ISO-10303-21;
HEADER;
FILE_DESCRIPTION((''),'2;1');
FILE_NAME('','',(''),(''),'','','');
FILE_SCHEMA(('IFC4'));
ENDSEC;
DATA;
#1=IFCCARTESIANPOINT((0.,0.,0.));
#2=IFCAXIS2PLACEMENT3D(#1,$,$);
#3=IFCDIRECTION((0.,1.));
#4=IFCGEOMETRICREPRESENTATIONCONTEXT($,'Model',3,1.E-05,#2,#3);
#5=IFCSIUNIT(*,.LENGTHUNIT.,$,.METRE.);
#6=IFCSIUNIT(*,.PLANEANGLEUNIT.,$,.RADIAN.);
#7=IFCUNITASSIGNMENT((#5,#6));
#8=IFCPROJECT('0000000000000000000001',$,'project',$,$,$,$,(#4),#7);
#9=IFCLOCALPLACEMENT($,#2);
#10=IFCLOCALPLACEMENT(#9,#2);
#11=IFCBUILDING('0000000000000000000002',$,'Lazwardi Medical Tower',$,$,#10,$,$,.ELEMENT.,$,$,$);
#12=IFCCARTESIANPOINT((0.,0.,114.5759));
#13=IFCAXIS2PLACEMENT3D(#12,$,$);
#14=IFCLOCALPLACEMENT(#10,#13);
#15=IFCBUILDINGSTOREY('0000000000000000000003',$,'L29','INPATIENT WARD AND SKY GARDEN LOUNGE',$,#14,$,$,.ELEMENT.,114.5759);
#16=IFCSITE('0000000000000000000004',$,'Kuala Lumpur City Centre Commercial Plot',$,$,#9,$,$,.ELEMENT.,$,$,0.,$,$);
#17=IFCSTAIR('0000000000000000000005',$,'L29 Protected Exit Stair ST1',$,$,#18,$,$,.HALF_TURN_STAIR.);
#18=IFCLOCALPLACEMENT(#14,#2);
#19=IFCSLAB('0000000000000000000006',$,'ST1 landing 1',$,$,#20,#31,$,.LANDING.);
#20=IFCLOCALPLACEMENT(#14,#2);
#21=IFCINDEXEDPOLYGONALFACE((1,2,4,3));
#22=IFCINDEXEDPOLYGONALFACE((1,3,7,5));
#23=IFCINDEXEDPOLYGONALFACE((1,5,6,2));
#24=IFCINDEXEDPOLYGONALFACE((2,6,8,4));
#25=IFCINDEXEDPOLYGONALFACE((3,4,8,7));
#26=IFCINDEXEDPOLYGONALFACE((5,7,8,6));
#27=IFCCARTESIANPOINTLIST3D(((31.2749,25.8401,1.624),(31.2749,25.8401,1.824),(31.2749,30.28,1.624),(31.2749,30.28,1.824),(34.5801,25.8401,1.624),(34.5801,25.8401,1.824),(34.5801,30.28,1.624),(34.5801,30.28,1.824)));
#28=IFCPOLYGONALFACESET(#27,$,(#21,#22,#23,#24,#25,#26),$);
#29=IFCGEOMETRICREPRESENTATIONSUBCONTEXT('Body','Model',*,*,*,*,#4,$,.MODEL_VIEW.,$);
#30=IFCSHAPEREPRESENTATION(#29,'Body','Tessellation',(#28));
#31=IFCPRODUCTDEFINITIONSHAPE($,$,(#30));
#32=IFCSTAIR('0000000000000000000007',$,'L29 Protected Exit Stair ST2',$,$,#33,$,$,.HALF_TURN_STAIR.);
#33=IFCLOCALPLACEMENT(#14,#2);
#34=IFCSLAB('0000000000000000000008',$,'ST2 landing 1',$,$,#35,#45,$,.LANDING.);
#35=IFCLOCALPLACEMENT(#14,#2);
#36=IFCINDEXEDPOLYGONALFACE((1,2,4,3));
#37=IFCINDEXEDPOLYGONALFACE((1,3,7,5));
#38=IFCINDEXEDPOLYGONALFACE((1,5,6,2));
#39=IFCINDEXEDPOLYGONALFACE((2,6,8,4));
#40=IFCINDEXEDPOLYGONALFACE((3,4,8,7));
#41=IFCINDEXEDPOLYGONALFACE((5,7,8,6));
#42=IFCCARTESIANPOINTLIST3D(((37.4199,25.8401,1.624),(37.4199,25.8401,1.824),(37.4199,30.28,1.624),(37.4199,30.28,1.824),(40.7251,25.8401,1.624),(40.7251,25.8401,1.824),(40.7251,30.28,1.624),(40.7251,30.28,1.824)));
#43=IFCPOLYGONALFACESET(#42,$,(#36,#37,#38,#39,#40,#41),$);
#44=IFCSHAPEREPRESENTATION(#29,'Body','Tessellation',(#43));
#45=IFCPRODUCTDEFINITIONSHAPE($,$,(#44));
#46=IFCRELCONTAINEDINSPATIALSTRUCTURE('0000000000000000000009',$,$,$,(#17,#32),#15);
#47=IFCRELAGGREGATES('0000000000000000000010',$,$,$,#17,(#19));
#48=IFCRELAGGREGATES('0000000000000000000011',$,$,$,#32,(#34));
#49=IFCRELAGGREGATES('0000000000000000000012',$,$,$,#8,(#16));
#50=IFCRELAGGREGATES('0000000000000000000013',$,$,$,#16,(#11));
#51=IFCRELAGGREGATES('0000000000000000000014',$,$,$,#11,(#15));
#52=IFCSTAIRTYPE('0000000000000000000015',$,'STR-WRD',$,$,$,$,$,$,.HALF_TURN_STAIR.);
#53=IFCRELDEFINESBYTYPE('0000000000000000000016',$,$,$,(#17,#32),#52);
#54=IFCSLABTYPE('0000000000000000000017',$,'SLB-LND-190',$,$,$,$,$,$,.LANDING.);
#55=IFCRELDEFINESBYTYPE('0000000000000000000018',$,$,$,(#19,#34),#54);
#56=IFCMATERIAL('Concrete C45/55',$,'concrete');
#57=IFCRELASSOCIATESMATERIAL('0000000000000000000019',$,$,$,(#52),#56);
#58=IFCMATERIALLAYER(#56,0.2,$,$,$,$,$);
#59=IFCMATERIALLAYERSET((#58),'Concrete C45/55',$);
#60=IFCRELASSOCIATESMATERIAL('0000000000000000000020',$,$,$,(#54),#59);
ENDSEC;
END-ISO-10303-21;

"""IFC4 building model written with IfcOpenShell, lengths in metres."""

from ifc_helpers import new_model, si_unit, direction, frame, origin, place, context, subcontext, project, spatial, polyline, outline, extrude, material, layer, layer_set, type_object, element, aggregate, save


model = new_model("IFC4")

# Units and contexts
model_context = context("Model", 3, precision=1e-05, world=origin(), true_north=direction((0.0, 1.0)))
body_context = subcontext(model_context, "Body", "Model", "MODEL_VIEW")
ifc_project = project(units=[si_unit("LENGTHUNIT", "METRE"), si_unit("PLANEANGLEUNIT", "RADIAN")], contexts=[model_context])

# Site, building, storey
site_placement = place(None, origin())
site = spatial("IfcSite", under=ifc_project, at=site_placement, Name="Kuala Lumpur City Centre Commercial Plot", CompositionType="ELEMENT", RefElevation=0.0)
building_placement = place(site_placement, origin())
building = spatial("IfcBuilding", under=site, at=building_placement, Name="Lazwardi Medical Tower", CompositionType="ELEMENT")
storey_placement = place(building_placement, frame((0.0, 0.0, 114.5759)))
storey = spatial("IfcBuildingStorey", under=building, at=storey_placement, Name="L29", Description="INPATIENT WARD AND SKY GARDEN LOUNGE", CompositionType="ELEMENT", Elevation=114.5759)

# Stairs, slabs
ifc_material_1 = material(Name="Concrete C45/55", Category="concrete")
stair_type = type_object("IfcStairType", Name="STR-WRD", PredefinedType="HALF_TURN_STAIR", material=ifc_material_1)
stair_1_placement = place(storey_placement, origin())
stair_1 = element("IfcStair", 1, at=stair_1_placement, inside=storey, type_object=stair_type, Name="L29 Protected Exit Stair ST1", PredefinedType="HALF_TURN_STAIR")
ifc_layer_1 = layer(ifc_material_1, 0.2)
ifc_layer_set_1 = layer_set([ifc_layer_1], Name="Concrete C45/55")
slab_type_1 = type_object("IfcSlabType", Name="SLB-LND-190", PredefinedType="LANDING", material=ifc_layer_set_1)
slab_1_placement = place(storey_placement, frame((0.0, 0.0, 1.624)))
slab_1 = element("IfcSlab", 2, at=slab_1_placement, type_object=slab_type_1, Name="ST1 landing 1", PredefinedType="LANDING", context=body_context, shape_type="SweptSolid", body=[
    extrude(outline(polyline([(31.2749, 25.8401), (34.5801, 25.8401), (34.5801, 30.28), (31.2749, 30.28), (31.2749, 25.8401)])), origin(), (0.0, 0.0, 1.0), 0.2),
])
aggregate(stair_1, [slab_1])
stair_2_placement = place(storey_placement, origin())
stair_2 = element("IfcStair", 3, at=stair_2_placement, inside=storey, type_object=stair_type, Name="L29 Protected Exit Stair ST2", PredefinedType="HALF_TURN_STAIR")
slab_2_placement = place(storey_placement, frame((0.0, 0.0, 1.624)))
slab_2 = element("IfcSlab", 4, at=slab_2_placement, type_object=slab_type_1, Name="ST2 landing 1", PredefinedType="LANDING", context=body_context, shape_type="SweptSolid", body=[
    extrude(outline(polyline([(40.7251, 30.28), (37.4199, 30.28), (37.4199, 25.8401), (40.7251, 25.8401), (40.7251, 30.28)])), origin(), (0.0, 0.0, 1.0), 0.2),
])
aggregate(stair_2, [slab_2])

save(model, "model.ifc")
